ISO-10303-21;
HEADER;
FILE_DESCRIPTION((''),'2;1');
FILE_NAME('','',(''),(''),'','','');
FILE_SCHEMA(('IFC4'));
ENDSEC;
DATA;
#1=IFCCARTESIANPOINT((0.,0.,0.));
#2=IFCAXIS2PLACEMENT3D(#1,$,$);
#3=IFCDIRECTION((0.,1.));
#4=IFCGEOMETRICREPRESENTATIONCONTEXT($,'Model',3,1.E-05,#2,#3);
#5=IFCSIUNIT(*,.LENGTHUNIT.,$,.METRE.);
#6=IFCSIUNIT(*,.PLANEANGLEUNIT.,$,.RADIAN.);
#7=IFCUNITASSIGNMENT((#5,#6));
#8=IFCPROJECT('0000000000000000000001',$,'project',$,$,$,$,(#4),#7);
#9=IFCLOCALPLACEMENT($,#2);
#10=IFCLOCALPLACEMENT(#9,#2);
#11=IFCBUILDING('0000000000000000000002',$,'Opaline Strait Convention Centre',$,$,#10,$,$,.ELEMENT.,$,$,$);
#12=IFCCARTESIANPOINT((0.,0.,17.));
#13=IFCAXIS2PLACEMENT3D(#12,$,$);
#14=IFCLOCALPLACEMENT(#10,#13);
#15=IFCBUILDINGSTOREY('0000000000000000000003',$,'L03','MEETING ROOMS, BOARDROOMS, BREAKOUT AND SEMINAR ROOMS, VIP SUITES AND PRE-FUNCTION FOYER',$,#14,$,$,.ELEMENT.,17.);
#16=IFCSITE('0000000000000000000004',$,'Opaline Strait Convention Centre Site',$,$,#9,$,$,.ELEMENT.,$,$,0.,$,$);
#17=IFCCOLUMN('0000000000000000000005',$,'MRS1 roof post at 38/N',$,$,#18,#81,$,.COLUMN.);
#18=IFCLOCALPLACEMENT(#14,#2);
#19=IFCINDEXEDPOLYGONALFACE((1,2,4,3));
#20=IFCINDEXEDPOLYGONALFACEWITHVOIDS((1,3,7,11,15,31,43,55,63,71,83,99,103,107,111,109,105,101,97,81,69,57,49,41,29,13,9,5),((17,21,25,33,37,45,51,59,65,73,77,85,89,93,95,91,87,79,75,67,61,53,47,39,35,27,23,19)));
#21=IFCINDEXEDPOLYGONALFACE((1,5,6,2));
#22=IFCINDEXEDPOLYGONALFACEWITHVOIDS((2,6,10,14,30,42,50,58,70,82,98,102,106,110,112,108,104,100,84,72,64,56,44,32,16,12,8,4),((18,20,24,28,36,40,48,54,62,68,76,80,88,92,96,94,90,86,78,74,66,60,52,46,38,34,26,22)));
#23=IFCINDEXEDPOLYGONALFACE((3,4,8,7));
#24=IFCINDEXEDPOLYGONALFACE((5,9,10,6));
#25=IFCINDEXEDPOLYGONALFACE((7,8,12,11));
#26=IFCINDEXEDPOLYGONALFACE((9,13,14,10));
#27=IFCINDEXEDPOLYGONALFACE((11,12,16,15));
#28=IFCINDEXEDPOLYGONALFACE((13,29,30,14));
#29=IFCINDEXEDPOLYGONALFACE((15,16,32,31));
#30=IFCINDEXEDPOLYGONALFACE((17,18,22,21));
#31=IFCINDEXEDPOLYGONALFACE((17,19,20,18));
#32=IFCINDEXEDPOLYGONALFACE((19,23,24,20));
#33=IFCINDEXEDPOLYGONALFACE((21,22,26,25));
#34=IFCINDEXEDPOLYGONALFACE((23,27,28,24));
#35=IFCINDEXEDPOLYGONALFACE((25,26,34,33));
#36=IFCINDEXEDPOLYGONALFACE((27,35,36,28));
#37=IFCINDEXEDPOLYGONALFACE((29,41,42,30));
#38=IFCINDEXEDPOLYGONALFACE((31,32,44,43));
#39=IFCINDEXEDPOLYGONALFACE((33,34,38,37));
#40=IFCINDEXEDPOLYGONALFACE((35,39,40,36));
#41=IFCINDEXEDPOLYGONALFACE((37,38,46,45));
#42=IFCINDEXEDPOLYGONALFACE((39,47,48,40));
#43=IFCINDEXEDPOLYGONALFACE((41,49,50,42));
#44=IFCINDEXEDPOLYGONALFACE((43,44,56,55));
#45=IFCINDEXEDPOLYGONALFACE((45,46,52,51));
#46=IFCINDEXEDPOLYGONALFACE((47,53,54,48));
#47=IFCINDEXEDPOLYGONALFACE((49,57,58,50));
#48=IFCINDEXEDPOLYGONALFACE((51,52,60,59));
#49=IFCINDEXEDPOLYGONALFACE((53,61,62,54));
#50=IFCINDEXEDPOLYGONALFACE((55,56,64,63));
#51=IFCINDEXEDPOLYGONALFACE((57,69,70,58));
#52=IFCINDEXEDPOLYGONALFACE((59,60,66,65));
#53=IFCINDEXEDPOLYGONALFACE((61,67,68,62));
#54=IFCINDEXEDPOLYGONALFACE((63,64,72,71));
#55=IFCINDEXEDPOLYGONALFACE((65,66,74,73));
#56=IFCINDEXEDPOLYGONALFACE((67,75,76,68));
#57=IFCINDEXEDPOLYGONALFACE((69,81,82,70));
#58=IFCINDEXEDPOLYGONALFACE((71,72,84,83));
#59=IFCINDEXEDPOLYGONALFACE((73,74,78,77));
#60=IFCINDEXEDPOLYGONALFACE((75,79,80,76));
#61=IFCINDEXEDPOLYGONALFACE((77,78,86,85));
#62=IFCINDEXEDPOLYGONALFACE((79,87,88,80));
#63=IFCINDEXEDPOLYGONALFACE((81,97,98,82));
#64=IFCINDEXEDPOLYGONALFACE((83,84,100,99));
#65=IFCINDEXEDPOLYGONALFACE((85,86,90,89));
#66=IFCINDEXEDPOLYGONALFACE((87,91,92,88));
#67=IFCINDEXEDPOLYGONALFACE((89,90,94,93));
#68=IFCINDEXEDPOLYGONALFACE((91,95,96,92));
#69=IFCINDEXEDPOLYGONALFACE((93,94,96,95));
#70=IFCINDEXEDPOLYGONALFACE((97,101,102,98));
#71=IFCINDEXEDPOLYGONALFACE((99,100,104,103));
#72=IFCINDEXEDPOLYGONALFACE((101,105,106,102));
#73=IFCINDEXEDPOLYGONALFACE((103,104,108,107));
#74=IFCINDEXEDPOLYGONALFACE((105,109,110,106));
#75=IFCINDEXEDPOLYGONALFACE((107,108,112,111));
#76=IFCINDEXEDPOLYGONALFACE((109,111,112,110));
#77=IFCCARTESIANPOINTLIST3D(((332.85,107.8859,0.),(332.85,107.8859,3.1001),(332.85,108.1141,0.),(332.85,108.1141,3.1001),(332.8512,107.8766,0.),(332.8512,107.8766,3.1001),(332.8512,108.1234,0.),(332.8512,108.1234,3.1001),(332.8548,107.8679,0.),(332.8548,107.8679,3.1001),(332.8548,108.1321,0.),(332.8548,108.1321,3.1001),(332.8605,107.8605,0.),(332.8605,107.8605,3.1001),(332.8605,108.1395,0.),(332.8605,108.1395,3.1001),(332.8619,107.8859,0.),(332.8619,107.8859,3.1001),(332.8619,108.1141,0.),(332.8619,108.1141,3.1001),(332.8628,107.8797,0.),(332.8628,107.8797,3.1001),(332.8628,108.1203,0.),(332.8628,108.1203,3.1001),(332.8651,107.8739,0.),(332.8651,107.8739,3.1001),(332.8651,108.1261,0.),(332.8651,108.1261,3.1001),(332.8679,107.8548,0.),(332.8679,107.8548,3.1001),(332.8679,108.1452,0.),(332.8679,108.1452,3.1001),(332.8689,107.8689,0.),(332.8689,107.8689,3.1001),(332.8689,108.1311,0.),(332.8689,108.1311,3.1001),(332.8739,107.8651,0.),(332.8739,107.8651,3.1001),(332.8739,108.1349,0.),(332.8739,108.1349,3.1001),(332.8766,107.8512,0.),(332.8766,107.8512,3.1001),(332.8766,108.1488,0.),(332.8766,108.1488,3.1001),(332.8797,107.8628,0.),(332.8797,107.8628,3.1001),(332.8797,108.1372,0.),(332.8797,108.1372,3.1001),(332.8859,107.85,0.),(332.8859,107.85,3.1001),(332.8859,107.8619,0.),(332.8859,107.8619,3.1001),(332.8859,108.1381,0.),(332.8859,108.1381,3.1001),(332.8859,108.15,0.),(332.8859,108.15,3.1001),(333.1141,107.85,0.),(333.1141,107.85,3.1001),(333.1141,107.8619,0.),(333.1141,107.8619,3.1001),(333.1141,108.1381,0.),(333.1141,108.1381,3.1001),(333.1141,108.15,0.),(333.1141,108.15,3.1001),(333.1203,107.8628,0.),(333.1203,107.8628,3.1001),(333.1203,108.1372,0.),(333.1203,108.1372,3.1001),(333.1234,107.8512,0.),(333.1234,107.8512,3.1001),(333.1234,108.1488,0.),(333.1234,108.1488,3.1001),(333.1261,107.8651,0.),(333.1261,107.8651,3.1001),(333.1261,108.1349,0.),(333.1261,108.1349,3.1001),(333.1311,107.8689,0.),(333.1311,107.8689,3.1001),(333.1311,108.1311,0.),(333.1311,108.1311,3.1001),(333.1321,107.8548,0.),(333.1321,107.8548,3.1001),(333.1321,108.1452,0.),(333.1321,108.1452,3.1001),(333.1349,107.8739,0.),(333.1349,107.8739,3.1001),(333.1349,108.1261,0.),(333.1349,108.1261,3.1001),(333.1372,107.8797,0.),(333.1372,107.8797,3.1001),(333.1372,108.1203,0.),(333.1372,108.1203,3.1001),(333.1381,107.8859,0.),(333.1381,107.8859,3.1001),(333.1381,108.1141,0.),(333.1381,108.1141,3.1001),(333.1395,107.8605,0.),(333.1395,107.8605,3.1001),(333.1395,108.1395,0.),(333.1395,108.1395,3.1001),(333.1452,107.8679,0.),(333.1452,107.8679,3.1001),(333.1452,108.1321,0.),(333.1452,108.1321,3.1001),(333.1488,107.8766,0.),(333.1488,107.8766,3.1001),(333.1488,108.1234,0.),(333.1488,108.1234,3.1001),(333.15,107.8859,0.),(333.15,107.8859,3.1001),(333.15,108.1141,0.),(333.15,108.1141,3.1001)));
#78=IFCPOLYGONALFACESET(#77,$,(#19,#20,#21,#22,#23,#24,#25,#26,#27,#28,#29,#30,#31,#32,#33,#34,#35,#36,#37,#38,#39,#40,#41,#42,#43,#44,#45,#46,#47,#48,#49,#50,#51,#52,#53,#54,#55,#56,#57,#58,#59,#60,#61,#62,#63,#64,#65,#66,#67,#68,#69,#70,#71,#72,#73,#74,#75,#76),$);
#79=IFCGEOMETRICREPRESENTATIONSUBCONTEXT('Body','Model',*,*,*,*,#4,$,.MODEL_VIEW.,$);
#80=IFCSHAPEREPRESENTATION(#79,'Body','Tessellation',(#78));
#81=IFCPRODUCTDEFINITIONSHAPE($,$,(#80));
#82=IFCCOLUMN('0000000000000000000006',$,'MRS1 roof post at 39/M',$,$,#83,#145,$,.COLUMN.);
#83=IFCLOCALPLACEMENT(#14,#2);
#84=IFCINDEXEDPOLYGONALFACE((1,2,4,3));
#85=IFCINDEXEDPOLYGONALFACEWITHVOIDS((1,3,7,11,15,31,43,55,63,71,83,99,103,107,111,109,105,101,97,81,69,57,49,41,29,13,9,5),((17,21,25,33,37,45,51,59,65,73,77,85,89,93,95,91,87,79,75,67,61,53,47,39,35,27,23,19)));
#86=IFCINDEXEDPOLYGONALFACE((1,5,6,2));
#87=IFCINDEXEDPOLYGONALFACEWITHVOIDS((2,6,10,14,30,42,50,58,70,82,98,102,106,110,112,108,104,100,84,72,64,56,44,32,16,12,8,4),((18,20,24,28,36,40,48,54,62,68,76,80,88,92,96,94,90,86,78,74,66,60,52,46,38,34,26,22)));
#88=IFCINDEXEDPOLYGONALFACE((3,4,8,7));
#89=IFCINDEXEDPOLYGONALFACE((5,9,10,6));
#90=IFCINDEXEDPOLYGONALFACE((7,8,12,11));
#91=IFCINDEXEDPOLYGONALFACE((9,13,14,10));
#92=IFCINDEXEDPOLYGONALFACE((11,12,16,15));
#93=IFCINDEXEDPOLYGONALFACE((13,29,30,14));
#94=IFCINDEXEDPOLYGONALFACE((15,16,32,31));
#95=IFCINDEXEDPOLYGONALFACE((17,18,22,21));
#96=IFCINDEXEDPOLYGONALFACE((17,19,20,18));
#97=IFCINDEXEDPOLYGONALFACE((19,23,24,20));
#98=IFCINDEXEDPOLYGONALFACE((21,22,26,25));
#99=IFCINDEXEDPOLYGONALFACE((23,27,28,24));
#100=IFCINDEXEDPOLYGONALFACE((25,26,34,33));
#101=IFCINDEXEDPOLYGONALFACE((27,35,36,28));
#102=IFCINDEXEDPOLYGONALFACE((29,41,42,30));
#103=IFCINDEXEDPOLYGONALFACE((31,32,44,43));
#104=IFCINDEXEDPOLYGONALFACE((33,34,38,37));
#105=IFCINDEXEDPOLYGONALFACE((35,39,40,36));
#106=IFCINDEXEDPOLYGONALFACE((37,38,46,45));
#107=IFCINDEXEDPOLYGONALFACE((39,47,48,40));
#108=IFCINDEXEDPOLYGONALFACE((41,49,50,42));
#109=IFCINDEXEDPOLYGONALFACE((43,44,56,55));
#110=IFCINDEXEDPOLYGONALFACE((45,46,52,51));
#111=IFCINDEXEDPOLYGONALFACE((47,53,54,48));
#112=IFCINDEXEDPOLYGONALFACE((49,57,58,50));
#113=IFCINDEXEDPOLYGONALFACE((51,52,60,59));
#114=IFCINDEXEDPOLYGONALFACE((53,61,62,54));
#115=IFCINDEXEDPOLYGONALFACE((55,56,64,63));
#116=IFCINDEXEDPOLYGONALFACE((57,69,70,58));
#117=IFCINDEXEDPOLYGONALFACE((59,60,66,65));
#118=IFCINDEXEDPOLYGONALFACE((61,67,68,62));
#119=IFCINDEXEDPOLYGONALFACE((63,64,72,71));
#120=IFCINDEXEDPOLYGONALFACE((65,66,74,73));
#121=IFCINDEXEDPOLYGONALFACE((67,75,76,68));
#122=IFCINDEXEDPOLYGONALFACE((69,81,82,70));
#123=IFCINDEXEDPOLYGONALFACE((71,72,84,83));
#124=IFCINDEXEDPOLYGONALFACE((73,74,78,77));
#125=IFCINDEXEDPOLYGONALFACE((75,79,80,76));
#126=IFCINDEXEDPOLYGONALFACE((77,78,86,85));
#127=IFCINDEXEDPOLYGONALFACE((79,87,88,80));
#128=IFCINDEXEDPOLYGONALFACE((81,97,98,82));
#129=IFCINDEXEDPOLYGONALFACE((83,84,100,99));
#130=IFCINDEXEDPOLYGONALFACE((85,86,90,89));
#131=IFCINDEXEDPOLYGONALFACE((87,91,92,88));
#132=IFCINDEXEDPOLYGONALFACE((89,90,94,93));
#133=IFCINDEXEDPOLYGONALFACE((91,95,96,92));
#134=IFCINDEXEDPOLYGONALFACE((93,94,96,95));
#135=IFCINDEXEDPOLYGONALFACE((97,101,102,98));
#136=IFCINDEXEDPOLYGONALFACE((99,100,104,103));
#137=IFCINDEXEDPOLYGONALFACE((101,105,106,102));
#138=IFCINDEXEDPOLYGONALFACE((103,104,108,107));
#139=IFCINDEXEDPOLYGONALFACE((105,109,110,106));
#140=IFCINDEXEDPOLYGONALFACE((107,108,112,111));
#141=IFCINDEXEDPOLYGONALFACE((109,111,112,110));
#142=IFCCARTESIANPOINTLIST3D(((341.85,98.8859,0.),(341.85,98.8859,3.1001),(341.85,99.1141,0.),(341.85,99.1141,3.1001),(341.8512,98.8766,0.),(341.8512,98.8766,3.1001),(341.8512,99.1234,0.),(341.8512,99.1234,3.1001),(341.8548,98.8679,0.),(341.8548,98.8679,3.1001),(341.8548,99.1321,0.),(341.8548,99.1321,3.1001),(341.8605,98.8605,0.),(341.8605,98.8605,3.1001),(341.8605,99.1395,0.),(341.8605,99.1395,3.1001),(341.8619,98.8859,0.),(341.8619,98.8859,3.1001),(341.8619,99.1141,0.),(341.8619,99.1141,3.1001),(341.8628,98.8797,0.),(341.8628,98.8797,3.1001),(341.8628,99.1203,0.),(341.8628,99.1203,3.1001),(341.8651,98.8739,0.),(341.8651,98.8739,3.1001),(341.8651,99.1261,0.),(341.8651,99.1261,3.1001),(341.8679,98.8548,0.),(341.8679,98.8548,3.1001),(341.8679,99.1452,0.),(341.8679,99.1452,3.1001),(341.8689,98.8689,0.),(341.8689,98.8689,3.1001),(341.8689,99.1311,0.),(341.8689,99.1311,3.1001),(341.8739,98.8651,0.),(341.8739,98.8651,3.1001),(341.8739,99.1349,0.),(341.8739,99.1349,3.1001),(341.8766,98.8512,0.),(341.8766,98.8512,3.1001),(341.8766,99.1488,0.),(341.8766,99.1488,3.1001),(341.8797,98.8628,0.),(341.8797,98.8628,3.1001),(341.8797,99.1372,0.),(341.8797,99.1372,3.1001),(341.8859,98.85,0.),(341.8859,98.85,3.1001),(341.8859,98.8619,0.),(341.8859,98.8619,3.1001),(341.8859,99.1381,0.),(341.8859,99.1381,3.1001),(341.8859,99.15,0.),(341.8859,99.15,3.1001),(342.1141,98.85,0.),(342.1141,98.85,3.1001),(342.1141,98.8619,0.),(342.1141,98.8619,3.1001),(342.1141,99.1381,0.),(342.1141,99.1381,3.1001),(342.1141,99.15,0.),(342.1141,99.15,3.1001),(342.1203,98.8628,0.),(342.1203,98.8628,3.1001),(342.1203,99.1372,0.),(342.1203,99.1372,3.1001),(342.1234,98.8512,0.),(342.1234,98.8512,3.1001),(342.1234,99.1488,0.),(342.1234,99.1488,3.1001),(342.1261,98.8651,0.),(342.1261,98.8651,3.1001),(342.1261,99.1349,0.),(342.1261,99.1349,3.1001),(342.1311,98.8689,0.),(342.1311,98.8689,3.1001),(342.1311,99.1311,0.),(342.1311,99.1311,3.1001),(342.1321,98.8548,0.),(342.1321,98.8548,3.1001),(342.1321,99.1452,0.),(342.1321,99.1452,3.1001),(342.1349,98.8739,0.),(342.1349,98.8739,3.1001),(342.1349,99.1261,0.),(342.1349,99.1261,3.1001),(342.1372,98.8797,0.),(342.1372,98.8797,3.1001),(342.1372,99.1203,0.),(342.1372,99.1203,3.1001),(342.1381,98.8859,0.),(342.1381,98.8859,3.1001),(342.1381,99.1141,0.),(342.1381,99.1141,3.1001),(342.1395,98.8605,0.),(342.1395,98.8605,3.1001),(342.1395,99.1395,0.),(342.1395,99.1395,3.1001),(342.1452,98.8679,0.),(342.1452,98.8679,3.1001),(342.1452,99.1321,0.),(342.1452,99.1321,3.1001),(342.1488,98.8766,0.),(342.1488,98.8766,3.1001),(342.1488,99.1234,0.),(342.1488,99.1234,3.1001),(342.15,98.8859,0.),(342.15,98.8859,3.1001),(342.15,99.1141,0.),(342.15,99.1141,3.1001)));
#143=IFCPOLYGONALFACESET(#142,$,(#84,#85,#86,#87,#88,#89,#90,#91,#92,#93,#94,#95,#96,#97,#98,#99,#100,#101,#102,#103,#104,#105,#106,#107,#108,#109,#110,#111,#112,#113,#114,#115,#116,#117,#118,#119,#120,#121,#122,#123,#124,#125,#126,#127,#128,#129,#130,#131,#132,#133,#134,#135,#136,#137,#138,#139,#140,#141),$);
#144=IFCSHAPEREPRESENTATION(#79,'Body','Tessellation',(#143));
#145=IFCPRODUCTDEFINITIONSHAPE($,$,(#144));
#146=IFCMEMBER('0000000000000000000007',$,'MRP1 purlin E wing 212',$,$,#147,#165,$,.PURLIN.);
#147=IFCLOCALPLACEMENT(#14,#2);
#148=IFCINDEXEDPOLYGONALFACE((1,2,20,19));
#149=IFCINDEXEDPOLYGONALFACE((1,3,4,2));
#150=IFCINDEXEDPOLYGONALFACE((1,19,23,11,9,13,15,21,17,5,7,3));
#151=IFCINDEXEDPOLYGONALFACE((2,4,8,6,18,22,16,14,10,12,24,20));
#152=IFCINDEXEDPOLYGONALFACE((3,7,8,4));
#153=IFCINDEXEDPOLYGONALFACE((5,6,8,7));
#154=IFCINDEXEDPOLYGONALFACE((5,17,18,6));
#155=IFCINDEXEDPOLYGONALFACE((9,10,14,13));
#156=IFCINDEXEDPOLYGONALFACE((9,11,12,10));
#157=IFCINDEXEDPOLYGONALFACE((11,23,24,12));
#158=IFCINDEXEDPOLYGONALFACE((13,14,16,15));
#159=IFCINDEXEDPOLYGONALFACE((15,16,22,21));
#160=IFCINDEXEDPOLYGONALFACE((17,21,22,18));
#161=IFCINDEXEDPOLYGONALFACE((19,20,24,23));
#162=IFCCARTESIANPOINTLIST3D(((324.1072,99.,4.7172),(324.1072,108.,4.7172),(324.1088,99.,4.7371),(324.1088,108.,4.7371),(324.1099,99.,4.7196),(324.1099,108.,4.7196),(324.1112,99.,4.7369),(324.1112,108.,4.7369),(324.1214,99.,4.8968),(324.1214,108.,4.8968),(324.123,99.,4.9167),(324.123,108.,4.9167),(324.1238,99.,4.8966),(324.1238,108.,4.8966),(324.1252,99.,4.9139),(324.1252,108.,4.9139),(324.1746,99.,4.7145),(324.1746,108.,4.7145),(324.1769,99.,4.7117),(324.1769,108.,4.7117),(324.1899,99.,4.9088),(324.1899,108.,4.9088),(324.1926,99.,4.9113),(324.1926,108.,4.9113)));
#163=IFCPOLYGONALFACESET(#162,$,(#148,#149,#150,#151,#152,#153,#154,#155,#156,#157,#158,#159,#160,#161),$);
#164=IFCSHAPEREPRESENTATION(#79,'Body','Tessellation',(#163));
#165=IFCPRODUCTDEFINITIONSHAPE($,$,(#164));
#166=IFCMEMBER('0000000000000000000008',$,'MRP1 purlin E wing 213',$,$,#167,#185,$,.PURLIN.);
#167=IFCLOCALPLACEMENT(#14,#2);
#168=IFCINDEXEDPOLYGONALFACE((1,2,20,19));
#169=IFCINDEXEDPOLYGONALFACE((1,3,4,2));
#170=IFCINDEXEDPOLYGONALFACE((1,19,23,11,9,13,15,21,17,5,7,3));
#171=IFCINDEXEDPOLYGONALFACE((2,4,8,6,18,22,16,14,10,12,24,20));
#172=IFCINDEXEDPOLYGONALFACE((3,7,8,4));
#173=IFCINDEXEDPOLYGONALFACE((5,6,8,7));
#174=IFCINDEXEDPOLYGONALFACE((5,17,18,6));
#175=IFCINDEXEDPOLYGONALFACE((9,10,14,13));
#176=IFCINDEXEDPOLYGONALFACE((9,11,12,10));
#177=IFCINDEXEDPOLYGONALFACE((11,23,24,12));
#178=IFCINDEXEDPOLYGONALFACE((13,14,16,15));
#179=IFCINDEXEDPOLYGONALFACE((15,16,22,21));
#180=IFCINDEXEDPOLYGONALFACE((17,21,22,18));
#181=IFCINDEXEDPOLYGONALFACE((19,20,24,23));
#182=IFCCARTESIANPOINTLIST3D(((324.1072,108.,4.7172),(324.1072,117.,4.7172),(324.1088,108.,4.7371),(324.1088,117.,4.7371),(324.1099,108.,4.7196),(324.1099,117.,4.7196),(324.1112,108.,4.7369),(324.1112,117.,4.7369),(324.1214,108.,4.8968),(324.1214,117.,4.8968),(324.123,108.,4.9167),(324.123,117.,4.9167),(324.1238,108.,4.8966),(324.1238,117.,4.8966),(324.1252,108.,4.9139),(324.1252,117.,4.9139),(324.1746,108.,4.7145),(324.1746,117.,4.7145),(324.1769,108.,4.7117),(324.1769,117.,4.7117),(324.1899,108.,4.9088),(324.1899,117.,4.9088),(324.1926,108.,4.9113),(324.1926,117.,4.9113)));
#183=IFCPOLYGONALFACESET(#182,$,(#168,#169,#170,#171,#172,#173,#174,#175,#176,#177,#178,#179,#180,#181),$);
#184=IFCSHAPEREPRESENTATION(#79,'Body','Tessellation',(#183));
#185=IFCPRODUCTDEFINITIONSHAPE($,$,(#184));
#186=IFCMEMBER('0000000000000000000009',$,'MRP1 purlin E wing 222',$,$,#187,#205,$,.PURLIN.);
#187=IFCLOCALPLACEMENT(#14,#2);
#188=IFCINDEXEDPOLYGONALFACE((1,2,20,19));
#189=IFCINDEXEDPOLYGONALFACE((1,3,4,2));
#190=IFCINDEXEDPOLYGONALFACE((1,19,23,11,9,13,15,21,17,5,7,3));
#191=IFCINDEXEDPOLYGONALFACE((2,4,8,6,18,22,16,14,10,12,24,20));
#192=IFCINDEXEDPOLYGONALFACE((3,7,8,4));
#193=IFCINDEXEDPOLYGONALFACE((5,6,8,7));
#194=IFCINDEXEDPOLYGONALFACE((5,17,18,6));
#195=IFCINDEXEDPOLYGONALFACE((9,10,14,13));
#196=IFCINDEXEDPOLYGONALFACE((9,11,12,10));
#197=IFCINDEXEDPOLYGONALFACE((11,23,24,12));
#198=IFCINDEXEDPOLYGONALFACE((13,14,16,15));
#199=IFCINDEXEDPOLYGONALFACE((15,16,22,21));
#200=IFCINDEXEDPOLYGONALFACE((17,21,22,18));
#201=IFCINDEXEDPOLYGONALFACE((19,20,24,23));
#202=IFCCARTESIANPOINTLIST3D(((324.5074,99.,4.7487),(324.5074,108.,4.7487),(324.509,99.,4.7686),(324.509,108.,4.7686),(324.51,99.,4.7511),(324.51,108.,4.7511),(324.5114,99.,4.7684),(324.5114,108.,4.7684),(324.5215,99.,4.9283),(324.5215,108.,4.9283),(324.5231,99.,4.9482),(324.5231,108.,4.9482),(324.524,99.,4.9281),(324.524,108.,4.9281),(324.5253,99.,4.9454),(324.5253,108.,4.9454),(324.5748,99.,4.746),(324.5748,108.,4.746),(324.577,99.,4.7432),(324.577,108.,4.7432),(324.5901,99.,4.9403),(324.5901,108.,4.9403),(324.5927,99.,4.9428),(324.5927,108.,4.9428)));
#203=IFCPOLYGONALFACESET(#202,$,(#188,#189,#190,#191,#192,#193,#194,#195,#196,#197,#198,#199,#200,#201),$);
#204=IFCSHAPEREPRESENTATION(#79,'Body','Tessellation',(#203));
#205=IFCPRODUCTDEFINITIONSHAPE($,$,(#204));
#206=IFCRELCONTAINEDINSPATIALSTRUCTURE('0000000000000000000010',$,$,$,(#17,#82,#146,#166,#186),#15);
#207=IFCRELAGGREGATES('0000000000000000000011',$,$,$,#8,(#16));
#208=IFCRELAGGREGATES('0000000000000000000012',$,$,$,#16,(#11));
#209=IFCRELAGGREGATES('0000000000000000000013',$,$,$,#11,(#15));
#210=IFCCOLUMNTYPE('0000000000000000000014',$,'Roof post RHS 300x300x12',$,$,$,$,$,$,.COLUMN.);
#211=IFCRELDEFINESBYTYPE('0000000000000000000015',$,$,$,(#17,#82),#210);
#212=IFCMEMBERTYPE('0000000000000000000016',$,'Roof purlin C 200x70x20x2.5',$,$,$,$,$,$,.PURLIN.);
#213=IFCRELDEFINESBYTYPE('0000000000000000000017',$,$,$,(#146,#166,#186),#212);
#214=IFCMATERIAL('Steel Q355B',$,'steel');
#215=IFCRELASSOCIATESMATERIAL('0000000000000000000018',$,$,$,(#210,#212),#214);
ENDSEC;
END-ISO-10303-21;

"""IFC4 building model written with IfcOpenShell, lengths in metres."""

from ifc_helpers import new_model, si_unit, direction, frame, origin, origin_2d, place, context, subcontext, project, spatial, polyline, hollow_rectangle, outline, extrude, material, material_profile, profile_set, type_object, element, save


model = new_model("IFC4")

# Units and contexts
model_context = context("Model", 3, precision=1e-05, world=origin(), true_north=direction((0.0, 1.0)))
body_context = subcontext(model_context, "Body", "Model", "MODEL_VIEW")
ifc_project = project(units=[si_unit("LENGTHUNIT", "METRE"), si_unit("PLANEANGLEUNIT", "RADIAN")], contexts=[model_context])

# Site, building, storey
site_placement = place(None, origin())
site = spatial("IfcSite", under=ifc_project, at=site_placement, Name="Opaline Strait Convention Centre Site", CompositionType="ELEMENT", RefElevation=0.0)
building_placement = place(site_placement, origin())
building = spatial("IfcBuilding", under=site, at=building_placement, Name="Opaline Strait Convention Centre", CompositionType="ELEMENT")
storey_placement = place(building_placement, frame((0.0, 0.0, 17.0)))
storey = spatial("IfcBuildingStorey", under=building, at=storey_placement, Name="L03", Description="MEETING ROOMS, BOARDROOMS, BREAKOUT AND SEMINAR ROOMS, VIP SUITES AND PRE-FUNCTION FOYER", CompositionType="ELEMENT", Elevation=17.0)

# Columns
ifc_material_1 = material(Name="Steel Q355B", Category="steel")
ifc_material_profile_1 = material_profile(ifc_material_1, hollow_rectangle(XDim=0.3, YDim=0.3, WallThickness=0.012, InnerFilletRadius=0.0239, OuterFilletRadius=0.0359, at=origin_2d()), Name="RHS 300x300x12")
ifc_profile_set_1 = profile_set([ifc_material_profile_1], Name="Steel Q355B")
column_type = type_object("IfcColumnType", Name="Roof post RHS 300x300x12", PredefinedType="COLUMN", material=ifc_profile_set_1)
for number, where, z_axis, x_axis, name in (
    (1, (333.0, 108.0, 0.0), (0.0, 0.0, 1.0), (1.0, 0.0, 0.0), "MRS1 roof post at 38/N"),
    (2, (342.0, 99.0, 0.0), (0.0, 0.0, 1.0), (1.0, 0.0, 0.0), "MRS1 roof post at 39/M"),
):
    element("IfcColumn", number, at=place(storey_placement, frame(where, z_axis=z_axis, x_axis=x_axis)), inside=storey, type_object=column_type, Name=name, PredefinedType="COLUMN", context=body_context, shape_type="SweptSolid", body=[
        extrude(hollow_rectangle(XDim=0.3, YDim=0.3, WallThickness=0.012, InnerFilletRadius=0.0239, OuterFilletRadius=0.0359, at=origin_2d()), origin(), (0.0, 0.0, 1.0), 3.1001),
    ])

# Members
ifc_material_profile_2 = material_profile(ifc_material_1, outline(polyline([(-0.0349, -0.1001), (0.0349, -0.1001), (0.0349, -0.0801), (0.0325, -0.0801), (0.0325, -0.0974), (-0.0325, -0.0974), (-0.0325, 0.0974), (0.0325, 0.0974), (0.0325, 0.0801), (0.0349, 0.0801), (0.0349, 0.1001), (-0.0349, 0.1001), (-0.0349, -0.1001)])), Name="C 200x70x20x2.5")
ifc_profile_set_2 = profile_set([ifc_material_profile_2], Name="Steel Q355B")
member_type_1 = type_object("IfcMemberType", Name="Roof purlin C 200x70x20x2.5", PredefinedType="PURLIN", material=ifc_profile_set_2)
for number, where, z_axis, x_axis, name in (
    (3, (324.1499, 99.0, 4.8142), (0.0, 1.0, 0.0), (-0.996917, 0.0, 0.078459), "MRP1 purlin E wing 212"),
    (4, (324.1499, 108.0, 4.8142), (0.0, 1.0, 0.0), (-0.996917, 0.0, 0.078459), "MRP1 purlin E wing 213"),
    (5, (324.55, 99.0, 4.8457), (0.0, 1.0, 0.0), (-0.996917, 0.0, 0.078459), "MRP1 purlin E wing 222"),
):
    element("IfcMember", number, at=place(storey_placement, frame(where, z_axis=z_axis, x_axis=x_axis)), inside=storey, type_object=member_type_1, Name=name, PredefinedType="PURLIN", context=body_context, shape_type="SweptSolid", body=[
        extrude(outline(polyline([(-0.0349, -0.1001), (0.0349, -0.1001), (0.0349, -0.0801), (0.0325, -0.0801), (0.0325, -0.0974), (-0.0325, -0.0974), (-0.0325, 0.0974), (0.0325, 0.0974), (0.0325, 0.0801), (0.0349, 0.0801), (0.0349, 0.1001), (-0.0349, 0.1001), (-0.0349, -0.1001)])), origin(), (0.0, 0.0, 1.0), 9.0),
    ])

save(model, "model.ifc")
